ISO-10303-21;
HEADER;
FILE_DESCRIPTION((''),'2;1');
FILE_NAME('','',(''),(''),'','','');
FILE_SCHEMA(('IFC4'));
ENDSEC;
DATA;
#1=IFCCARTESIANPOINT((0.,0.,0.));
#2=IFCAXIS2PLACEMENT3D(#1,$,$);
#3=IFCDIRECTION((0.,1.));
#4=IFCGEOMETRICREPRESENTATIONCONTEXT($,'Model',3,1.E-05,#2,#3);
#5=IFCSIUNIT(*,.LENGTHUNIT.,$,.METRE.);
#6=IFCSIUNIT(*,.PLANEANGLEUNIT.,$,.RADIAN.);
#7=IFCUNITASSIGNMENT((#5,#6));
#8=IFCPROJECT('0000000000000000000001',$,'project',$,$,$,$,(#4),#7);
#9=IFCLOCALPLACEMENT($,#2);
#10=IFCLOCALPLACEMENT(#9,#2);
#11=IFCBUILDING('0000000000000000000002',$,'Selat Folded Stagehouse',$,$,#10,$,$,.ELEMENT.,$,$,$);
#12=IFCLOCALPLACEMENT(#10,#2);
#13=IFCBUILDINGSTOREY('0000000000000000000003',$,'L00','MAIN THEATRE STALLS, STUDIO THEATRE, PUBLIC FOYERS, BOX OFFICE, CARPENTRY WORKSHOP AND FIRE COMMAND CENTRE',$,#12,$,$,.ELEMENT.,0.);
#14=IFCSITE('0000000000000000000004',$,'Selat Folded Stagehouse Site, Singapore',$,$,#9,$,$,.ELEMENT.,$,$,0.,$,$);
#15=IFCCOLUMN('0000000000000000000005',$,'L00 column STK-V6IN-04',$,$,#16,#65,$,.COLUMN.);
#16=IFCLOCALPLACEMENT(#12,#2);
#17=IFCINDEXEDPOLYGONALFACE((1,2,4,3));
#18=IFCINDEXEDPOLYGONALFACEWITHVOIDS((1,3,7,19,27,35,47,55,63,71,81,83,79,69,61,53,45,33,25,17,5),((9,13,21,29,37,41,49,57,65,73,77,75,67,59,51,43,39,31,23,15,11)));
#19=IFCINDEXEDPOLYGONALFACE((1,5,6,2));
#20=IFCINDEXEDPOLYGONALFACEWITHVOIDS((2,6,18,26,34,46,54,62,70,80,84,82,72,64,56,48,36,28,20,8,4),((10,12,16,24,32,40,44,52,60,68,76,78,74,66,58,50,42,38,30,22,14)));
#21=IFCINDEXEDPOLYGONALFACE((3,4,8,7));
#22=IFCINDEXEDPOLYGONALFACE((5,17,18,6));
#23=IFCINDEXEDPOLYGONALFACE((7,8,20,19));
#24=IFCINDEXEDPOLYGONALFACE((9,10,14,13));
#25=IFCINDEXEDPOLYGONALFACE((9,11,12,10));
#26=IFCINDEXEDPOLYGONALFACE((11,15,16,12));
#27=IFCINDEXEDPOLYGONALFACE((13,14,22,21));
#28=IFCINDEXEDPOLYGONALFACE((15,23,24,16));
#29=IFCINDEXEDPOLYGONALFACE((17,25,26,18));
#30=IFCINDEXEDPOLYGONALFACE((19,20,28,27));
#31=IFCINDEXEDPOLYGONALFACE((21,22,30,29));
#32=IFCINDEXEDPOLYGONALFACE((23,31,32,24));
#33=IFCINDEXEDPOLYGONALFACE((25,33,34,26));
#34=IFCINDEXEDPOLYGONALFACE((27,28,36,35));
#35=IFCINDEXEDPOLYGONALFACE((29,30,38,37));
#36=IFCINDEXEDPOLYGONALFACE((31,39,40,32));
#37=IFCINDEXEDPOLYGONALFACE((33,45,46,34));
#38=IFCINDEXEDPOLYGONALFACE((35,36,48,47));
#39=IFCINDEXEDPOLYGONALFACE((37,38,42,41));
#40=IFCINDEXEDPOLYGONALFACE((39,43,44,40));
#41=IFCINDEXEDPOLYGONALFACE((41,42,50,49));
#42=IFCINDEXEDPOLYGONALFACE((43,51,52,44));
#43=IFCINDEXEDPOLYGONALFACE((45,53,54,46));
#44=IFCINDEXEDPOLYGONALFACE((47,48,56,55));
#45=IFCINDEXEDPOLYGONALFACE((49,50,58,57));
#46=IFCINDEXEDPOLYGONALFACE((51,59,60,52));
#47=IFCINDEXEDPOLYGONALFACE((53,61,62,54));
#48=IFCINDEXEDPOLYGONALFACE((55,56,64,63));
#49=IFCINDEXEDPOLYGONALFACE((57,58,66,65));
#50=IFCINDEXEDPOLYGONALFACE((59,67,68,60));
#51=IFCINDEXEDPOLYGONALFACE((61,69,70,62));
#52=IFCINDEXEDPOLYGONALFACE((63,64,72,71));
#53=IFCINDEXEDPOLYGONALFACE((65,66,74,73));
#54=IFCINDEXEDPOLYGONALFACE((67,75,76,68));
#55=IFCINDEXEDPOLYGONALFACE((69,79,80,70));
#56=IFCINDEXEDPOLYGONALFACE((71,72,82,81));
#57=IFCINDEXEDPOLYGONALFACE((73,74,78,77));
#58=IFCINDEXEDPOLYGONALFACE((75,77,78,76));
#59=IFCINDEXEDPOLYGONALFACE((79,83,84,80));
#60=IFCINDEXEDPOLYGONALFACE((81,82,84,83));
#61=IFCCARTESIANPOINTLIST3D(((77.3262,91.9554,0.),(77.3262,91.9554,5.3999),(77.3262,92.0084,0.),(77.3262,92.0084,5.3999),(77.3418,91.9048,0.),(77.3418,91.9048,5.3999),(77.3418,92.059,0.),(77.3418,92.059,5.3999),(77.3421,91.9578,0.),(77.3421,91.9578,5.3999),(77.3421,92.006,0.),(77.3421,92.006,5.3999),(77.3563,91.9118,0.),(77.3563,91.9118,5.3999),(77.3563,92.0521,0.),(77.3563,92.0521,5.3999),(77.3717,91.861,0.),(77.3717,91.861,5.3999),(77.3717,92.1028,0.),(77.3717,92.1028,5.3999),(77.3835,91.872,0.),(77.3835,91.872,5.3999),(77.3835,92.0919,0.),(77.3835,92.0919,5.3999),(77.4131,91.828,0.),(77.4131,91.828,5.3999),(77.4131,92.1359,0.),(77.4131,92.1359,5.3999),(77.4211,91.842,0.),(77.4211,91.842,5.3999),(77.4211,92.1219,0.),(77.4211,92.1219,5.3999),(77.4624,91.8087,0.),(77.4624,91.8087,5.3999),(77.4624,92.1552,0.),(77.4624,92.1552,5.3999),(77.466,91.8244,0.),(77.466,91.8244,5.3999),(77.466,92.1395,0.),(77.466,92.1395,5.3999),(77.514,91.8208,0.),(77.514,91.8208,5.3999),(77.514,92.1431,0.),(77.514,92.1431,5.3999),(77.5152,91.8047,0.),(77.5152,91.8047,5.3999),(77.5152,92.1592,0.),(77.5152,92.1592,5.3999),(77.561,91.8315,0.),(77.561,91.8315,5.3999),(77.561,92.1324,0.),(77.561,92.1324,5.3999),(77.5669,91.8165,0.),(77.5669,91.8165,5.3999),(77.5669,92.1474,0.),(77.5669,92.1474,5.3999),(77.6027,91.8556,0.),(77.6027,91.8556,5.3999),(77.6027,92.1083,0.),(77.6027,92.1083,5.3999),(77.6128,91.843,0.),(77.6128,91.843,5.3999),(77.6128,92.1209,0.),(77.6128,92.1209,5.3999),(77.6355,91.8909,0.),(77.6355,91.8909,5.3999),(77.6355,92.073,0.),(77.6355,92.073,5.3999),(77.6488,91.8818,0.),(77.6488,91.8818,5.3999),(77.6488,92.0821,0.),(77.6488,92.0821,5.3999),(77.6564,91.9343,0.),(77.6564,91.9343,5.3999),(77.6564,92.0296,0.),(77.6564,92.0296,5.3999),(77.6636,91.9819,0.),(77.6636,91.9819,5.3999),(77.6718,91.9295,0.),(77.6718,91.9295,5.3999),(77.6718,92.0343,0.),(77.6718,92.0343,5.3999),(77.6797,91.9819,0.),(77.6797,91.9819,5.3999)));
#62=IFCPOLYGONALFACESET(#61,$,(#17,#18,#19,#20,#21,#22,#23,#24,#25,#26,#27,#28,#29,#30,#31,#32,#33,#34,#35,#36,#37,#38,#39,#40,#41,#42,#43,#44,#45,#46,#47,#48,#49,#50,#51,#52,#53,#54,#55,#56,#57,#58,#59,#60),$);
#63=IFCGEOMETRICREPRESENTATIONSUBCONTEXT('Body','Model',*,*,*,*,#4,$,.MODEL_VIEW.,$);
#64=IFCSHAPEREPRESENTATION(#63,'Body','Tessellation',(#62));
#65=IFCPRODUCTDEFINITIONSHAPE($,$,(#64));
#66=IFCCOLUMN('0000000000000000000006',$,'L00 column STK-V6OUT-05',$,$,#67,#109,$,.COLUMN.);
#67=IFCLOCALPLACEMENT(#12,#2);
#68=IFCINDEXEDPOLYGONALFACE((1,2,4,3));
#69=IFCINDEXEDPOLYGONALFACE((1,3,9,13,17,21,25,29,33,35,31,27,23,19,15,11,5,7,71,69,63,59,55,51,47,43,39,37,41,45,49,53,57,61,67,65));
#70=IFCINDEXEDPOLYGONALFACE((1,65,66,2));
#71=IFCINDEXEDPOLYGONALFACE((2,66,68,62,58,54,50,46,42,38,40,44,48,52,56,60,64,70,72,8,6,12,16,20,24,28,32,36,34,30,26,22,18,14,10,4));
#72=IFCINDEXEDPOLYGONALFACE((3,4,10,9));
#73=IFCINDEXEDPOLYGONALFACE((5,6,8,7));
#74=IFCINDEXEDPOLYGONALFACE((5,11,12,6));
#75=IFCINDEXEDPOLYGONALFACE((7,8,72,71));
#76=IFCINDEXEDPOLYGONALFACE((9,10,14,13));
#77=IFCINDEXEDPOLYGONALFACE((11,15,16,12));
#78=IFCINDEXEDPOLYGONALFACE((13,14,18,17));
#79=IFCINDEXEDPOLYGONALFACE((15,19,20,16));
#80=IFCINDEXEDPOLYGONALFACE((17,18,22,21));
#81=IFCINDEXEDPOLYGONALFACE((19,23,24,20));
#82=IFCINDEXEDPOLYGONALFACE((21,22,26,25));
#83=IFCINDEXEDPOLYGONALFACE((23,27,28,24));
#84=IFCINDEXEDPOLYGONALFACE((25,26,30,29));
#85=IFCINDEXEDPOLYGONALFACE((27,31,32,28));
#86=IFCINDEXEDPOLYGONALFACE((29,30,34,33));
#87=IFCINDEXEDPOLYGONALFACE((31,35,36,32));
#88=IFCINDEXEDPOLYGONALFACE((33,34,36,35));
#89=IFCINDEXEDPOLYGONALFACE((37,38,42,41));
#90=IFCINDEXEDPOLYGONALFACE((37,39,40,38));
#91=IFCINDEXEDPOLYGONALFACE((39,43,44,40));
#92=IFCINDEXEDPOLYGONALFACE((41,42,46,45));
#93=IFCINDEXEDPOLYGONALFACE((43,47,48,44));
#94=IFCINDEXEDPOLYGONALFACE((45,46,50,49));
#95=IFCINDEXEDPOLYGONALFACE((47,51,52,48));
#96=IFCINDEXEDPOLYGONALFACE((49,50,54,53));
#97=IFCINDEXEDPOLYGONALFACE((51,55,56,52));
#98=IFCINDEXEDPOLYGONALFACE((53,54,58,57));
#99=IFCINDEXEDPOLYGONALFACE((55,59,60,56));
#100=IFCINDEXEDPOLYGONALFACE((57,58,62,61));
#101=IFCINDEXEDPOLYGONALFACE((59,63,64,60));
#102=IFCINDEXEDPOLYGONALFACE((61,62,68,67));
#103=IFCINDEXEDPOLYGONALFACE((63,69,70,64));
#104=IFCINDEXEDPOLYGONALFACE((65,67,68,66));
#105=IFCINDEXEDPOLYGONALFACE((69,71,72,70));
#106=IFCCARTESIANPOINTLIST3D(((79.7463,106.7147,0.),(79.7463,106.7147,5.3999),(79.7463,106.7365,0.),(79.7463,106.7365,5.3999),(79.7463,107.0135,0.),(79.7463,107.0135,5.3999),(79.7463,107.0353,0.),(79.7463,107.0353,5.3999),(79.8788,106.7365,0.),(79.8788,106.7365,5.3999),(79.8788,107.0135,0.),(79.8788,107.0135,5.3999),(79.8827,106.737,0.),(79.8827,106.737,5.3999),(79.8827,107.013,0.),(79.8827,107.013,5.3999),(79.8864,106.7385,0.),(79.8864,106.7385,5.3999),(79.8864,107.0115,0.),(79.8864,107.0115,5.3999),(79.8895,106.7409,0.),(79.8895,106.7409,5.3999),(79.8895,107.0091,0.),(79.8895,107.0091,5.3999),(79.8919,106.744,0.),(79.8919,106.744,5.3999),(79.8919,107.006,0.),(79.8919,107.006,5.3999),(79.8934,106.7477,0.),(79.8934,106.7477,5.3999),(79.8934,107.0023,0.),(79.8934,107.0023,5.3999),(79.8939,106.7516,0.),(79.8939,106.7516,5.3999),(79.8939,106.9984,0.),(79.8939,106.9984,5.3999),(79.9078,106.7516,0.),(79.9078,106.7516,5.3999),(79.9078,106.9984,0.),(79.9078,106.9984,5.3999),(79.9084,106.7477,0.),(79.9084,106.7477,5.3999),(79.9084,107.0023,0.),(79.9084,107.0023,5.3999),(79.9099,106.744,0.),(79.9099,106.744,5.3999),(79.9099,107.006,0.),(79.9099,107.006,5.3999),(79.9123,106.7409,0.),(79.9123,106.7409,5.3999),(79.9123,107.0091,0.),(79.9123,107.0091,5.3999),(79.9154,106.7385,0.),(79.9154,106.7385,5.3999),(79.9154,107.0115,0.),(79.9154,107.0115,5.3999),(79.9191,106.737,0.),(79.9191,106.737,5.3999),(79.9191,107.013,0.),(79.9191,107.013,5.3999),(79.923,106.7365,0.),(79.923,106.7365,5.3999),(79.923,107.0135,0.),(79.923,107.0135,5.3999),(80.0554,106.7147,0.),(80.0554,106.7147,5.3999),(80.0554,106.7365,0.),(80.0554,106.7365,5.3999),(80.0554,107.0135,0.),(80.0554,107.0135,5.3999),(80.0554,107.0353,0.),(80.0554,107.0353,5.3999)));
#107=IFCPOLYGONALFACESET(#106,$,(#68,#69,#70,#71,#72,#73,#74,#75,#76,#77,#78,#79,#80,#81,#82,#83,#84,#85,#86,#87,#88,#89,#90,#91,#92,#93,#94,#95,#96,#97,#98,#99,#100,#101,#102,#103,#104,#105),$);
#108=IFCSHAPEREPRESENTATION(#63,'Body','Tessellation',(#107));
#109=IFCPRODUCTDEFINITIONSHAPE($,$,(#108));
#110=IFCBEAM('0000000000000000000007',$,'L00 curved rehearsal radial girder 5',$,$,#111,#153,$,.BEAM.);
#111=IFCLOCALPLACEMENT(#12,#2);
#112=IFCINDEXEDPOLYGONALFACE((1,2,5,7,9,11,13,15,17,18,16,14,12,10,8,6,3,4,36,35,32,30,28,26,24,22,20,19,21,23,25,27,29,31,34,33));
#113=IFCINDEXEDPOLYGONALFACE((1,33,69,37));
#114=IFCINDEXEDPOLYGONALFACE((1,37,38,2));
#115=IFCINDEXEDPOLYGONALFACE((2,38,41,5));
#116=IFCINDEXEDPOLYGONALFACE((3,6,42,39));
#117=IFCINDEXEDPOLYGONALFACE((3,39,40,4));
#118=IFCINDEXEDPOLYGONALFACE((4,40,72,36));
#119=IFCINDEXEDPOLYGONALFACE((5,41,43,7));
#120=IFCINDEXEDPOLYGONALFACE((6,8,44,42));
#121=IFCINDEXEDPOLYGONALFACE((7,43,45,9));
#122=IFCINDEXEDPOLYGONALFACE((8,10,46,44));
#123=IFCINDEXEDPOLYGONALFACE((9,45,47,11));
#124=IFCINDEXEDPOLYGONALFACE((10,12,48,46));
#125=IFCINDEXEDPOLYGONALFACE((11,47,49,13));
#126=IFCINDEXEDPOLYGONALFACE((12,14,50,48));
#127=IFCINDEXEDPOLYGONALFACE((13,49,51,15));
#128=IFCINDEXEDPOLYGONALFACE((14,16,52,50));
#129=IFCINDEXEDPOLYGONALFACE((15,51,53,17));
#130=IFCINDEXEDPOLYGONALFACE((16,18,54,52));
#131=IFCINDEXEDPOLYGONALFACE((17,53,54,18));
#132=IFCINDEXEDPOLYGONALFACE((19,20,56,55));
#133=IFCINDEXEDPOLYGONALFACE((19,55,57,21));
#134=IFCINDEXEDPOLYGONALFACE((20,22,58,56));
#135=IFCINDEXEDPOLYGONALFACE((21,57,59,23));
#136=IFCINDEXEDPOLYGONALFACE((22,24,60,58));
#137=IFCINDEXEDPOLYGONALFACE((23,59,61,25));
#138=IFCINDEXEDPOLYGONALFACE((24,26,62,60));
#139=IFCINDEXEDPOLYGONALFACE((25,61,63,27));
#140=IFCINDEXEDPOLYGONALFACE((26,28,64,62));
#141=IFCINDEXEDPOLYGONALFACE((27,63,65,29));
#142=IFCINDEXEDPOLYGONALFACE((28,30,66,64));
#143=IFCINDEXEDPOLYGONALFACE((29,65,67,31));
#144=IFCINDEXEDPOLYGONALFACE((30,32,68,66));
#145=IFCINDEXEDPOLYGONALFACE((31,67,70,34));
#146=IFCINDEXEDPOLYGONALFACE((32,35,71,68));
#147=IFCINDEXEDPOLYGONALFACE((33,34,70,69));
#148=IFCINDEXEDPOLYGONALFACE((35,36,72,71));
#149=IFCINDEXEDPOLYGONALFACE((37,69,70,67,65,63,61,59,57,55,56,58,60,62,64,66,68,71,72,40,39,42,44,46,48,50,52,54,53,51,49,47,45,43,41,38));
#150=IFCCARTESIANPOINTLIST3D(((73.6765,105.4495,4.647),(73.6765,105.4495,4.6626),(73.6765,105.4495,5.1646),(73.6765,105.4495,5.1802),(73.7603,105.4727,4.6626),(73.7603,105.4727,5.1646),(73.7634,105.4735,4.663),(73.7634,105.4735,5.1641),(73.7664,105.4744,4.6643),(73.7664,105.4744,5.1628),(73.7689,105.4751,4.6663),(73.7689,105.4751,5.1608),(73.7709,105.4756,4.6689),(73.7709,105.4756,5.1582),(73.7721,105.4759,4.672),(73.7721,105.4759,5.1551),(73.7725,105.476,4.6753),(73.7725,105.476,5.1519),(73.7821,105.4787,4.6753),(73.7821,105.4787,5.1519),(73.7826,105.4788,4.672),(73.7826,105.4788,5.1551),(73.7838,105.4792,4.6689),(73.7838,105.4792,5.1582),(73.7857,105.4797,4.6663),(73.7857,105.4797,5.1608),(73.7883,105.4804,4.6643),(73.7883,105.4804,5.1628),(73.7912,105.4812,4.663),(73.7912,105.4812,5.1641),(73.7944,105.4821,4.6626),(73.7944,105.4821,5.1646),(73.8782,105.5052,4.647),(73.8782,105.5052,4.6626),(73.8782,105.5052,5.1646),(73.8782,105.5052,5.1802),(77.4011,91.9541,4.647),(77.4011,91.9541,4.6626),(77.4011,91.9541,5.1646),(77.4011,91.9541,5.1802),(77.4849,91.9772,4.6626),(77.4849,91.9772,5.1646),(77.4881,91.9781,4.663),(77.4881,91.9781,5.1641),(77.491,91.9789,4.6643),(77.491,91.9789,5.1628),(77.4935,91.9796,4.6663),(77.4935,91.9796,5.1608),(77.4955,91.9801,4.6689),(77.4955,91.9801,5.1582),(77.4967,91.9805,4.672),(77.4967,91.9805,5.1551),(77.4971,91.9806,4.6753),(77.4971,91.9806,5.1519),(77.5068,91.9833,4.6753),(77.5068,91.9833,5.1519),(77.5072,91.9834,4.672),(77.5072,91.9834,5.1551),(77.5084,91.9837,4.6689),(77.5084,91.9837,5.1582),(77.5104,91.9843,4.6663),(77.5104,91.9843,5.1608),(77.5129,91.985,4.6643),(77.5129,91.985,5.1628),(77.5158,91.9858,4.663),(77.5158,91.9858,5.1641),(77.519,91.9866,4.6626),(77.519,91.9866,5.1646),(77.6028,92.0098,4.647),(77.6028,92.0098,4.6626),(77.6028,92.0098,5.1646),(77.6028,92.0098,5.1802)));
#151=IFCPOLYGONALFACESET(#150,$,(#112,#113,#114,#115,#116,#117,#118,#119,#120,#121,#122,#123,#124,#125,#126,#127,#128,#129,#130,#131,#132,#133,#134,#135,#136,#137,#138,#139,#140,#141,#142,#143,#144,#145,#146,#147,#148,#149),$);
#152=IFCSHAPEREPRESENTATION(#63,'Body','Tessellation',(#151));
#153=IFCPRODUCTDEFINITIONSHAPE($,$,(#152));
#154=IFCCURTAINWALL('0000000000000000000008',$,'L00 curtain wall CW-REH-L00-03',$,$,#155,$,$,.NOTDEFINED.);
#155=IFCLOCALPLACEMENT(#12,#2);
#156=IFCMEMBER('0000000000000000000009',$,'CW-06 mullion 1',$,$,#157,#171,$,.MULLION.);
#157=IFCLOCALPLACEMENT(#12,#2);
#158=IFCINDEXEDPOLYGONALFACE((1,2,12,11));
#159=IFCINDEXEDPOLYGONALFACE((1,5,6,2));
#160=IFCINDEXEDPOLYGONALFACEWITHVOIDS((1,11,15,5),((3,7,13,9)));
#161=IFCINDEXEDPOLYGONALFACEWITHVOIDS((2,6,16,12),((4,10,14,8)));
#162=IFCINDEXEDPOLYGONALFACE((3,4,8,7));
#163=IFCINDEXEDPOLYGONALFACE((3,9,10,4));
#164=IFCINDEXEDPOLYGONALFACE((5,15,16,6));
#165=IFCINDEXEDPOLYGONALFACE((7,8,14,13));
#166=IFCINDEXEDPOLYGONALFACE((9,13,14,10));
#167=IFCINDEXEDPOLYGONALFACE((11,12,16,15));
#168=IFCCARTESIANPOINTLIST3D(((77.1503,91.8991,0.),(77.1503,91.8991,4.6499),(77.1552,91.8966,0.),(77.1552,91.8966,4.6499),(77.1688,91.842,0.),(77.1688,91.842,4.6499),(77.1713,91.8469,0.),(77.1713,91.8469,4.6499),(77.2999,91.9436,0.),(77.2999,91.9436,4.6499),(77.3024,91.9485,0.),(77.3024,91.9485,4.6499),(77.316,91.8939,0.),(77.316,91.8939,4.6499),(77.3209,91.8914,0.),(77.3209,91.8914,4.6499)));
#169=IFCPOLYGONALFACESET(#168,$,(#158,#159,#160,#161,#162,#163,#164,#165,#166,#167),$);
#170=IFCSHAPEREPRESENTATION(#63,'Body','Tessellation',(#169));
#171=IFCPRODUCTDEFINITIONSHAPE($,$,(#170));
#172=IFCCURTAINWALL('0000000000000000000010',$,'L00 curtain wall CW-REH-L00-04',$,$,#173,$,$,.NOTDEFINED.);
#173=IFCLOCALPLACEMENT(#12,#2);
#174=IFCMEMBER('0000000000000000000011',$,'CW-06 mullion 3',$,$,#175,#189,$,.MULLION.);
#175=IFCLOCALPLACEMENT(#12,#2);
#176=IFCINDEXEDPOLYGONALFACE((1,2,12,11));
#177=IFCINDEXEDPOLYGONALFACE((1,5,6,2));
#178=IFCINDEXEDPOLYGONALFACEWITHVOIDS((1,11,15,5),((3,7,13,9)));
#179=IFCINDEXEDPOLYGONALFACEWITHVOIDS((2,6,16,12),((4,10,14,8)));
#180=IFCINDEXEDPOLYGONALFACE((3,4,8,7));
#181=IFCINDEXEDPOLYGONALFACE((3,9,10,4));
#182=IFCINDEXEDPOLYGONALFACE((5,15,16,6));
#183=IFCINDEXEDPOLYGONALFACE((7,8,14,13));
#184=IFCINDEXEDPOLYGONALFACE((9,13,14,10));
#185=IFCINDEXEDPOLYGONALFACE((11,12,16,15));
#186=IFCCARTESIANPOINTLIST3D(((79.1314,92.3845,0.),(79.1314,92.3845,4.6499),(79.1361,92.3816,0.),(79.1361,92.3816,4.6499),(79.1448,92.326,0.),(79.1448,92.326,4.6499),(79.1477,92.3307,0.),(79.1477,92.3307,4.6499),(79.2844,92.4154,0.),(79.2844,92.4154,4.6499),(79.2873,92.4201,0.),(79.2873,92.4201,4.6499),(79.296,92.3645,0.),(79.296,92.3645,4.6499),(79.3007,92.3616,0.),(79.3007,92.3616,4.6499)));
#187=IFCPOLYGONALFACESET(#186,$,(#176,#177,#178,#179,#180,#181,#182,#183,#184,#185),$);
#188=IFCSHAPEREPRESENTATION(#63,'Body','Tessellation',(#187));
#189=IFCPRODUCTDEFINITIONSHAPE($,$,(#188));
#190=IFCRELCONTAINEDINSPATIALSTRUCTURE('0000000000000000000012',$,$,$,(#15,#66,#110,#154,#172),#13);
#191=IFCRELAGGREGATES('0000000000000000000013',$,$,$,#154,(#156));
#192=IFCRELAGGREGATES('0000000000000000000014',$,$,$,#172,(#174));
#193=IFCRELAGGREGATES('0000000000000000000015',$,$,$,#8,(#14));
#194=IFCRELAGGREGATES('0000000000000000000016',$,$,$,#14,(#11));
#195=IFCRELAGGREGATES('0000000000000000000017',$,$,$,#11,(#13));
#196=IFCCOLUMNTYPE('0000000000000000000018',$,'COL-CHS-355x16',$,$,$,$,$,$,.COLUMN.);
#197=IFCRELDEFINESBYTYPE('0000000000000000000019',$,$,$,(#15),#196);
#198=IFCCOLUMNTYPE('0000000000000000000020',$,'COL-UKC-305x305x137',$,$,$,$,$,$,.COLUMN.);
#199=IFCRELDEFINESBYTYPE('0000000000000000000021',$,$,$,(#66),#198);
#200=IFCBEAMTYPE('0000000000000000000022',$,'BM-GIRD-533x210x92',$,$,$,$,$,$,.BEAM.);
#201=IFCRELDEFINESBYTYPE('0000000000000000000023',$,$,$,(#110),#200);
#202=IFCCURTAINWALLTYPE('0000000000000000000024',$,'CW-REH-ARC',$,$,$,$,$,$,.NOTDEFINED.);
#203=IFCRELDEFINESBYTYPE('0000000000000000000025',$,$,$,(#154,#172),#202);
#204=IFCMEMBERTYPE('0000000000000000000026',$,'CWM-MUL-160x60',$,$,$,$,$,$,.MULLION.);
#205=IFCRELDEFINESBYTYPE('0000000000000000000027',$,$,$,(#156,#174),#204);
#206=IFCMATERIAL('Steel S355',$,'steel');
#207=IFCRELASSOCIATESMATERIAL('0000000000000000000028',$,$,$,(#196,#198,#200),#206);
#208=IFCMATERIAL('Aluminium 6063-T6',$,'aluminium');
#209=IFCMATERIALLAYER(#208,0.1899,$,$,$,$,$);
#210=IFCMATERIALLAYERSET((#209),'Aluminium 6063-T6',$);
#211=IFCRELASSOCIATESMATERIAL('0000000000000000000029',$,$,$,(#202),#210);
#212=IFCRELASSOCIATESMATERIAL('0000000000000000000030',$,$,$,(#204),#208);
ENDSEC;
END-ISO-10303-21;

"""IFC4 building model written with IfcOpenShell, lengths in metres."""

from ifc_helpers import new_model, si_unit, direction, frame, origin, origin_2d, place, context, subcontext, project, spatial, hollow_rectangle, hollow_circle, i_section, extrude, material, layer, layer_set, material_profile, profile_set, type_object, element, aggregate, save


model = new_model("IFC4")

# Units and contexts
model_context = context("Model", 3, precision=1e-05, world=origin(), true_north=direction((0.0, 1.0)))
body_context = subcontext(model_context, "Body", "Model", "MODEL_VIEW")
ifc_project = project(units=[si_unit("LENGTHUNIT", "METRE"), si_unit("PLANEANGLEUNIT", "RADIAN")], contexts=[model_context])

# Site, building, storey
site_placement = place(None, origin())
site = spatial("IfcSite", under=ifc_project, at=site_placement, Name="Selat Folded Stagehouse Site, Singapore", CompositionType="ELEMENT", RefElevation=0.0)
building_placement = place(site_placement, origin())
building = spatial("IfcBuilding", under=site, at=building_placement, Name="Selat Folded Stagehouse", CompositionType="ELEMENT")
storey_placement = place(building_placement, origin())
storey = spatial("IfcBuildingStorey", under=building, at=storey_placement, Name="L00", Description="MAIN THEATRE STALLS, STUDIO THEATRE, PUBLIC FOYERS, BOX OFFICE, CARPENTRY WORKSHOP AND FIRE COMMAND CENTRE", CompositionType="ELEMENT", Elevation=0.0)

# Columns
ifc_material_1 = material(Name="Steel S355", Category="steel")
ifc_material_profile_1 = material_profile(ifc_material_1, hollow_circle(Radius=0.1777, WallThickness=0.0161, at=origin_2d()), Name="CHS 355.6x16.0")
ifc_profile_set_1 = profile_set([ifc_material_profile_1], Name="Steel S355")
column_type_1 = type_object("IfcColumnType", Name="COL-CHS-355x16", PredefinedType="COLUMN", material=ifc_profile_set_1)
column_1_placement = place(storey_placement, frame((77.502, 91.9819, 0.0), z_axis=(0.0, 0.0, 1.0), x_axis=(1.0, 0.0, 0.0)))
element("IfcColumn", 1, at=column_1_placement, inside=storey, type_object=column_type_1, Name="L00 column STK-V6IN-04", PredefinedType="COLUMN", context=body_context, shape_type="SweptSolid", body=[
    extrude(hollow_circle(Radius=0.1777, WallThickness=0.0161, at=origin_2d()), origin(), (0.0, 0.0, 1.0), 5.3999),
])
ifc_material_profile_2 = material_profile(ifc_material_1, i_section(OverallWidth=0.3091, OverallDepth=0.3206, WebThickness=0.0139, FlangeThickness=0.0217, FilletRadius=0.0151, at=origin_2d()), Name="UKC 305x305x137")
ifc_profile_set_2 = profile_set([ifc_material_profile_2], Name="Steel S355")
column_type_2 = type_object("IfcColumnType", Name="COL-UKC-305x305x137", PredefinedType="COLUMN", material=ifc_profile_set_2)
column_2_placement = place(storey_placement, frame((79.9009, 106.875, 0.0), z_axis=(0.0, 0.0, 1.0), x_axis=(1.0, 0.0, 0.0)))
element("IfcColumn", 2, at=column_2_placement, inside=storey, type_object=column_type_2, Name="L00 column STK-V6OUT-05", PredefinedType="COLUMN", context=body_context, shape_type="SweptSolid", body=[
    extrude(i_section(OverallWidth=0.3091, OverallDepth=0.3206, WebThickness=0.0139, FlangeThickness=0.0217, FilletRadius=0.0151, at=origin_2d()), origin(), (0.0, 0.0, 1.0), 5.3999),
])

# Beam
ifc_material_profile_3 = material_profile(ifc_material_1, i_section(OverallWidth=0.2092, OverallDepth=0.5332, WebThickness=0.01, FlangeThickness=0.0156, FilletRadius=0.0127, at=origin_2d()), Name="UKB 533x210x92")
ifc_profile_set_3 = profile_set([ifc_material_profile_3], Name="Steel S355")
beam_type_1 = type_object("IfcBeamType", Name="BM-GIRD-533x210x92", PredefinedType="BEAM", material=ifc_profile_set_3)
beam_1_placement = place(storey_placement, frame((77.502, 91.9819, 4.9136), z_axis=(-0.266045, 0.963961, 0.0), x_axis=(-0.963961, -0.266045, 0.0)))
element("IfcBeam", 3, at=beam_1_placement, inside=storey, type_object=beam_type_1, Name="L00 curved rehearsal radial girder 5", PredefinedType="BEAM", context=body_context, shape_type="SweptSolid", body=[
    extrude(i_section(OverallWidth=0.2092, OverallDepth=0.5332, WebThickness=0.01, FlangeThickness=0.0156, FilletRadius=0.0127, at=origin_2d()), origin(), (0.0, 0.0, 1.0), 14.0),
])

# Curtain wall, member
ifc_material_2 = material(Name="Aluminium 6063-T6", Category="aluminium")
ifc_layer_1 = layer(ifc_material_2, 0.1899)
ifc_layer_set_1 = layer_set([ifc_layer_1], Name="Aluminium 6063-T6")
curtain_wall_type = type_object("IfcCurtainWallType", Name="CW-REH-ARC", PredefinedType="NOTDEFINED", material=ifc_layer_set_1)
curtain_wall_1_placement = place(storey_placement, origin())
curtain_wall_1 = element("IfcCurtainWall", 4, at=curtain_wall_1_placement, inside=storey, type_object=curtain_wall_type, Name="L00 curtain wall CW-REH-L00-03", PredefinedType="NOTDEFINED")
ifc_material_profile_4 = material_profile(ifc_material_2, hollow_rectangle(XDim=0.0601, YDim=0.1599, WallThickness=0.0039, at=origin_2d()), Name="ALU 160x60x4.0")
ifc_profile_set_4 = profile_set([ifc_material_profile_4], Name="Aluminium 6063-T6")
member_type_1 = type_object("IfcMemberType", Name="CWM-MUL-160x60", PredefinedType="MULLION", material=ifc_profile_set_4)
member_1_placement = place(storey_placement, frame((77.2356, 91.8953, 0.0), z_axis=(0.0, 0.0, 1.0), x_axis=(0.308992, -0.951065, 0.0)))
member_1 = element("IfcMember", 5, at=member_1_placement, type_object=member_type_1, Name="CW-06 mullion 1", PredefinedType="MULLION", context=body_context, shape_type="SweptSolid", body=[
    extrude(hollow_rectangle(XDim=0.0601, YDim=0.1599, WallThickness=0.0039, at=origin_2d()), origin(), (0.0, 0.0, 1.0), 4.6499),
])

# Curtain wall, member
curtain_wall_2_placement = place(storey_placement, origin())
curtain_wall_2 = element("IfcCurtainWall", 6, at=curtain_wall_2_placement, inside=storey, type_object=curtain_wall_type, Name="L00 curtain wall CW-REH-L00-04", PredefinedType="NOTDEFINED")
member_2_placement = place(storey_placement, frame((79.2161, 92.373, 0.0), z_axis=(0.0, 0.0, 1.0), x_axis=(0.222543, -0.974923, 0.0)))
member_2 = element("IfcMember", 7, at=member_2_placement, type_object=member_type_1, Name="CW-06 mullion 3", PredefinedType="MULLION", context=body_context, shape_type="SweptSolid", body=[
    extrude(hollow_rectangle(XDim=0.0601, YDim=0.1599, WallThickness=0.0039, at=origin_2d()), origin(), (0.0, 0.0, 1.0), 4.6499),
])

aggregate(curtain_wall_1, [member_1])

aggregate(curtain_wall_2, [member_2])

save(model, "model.ifc")
